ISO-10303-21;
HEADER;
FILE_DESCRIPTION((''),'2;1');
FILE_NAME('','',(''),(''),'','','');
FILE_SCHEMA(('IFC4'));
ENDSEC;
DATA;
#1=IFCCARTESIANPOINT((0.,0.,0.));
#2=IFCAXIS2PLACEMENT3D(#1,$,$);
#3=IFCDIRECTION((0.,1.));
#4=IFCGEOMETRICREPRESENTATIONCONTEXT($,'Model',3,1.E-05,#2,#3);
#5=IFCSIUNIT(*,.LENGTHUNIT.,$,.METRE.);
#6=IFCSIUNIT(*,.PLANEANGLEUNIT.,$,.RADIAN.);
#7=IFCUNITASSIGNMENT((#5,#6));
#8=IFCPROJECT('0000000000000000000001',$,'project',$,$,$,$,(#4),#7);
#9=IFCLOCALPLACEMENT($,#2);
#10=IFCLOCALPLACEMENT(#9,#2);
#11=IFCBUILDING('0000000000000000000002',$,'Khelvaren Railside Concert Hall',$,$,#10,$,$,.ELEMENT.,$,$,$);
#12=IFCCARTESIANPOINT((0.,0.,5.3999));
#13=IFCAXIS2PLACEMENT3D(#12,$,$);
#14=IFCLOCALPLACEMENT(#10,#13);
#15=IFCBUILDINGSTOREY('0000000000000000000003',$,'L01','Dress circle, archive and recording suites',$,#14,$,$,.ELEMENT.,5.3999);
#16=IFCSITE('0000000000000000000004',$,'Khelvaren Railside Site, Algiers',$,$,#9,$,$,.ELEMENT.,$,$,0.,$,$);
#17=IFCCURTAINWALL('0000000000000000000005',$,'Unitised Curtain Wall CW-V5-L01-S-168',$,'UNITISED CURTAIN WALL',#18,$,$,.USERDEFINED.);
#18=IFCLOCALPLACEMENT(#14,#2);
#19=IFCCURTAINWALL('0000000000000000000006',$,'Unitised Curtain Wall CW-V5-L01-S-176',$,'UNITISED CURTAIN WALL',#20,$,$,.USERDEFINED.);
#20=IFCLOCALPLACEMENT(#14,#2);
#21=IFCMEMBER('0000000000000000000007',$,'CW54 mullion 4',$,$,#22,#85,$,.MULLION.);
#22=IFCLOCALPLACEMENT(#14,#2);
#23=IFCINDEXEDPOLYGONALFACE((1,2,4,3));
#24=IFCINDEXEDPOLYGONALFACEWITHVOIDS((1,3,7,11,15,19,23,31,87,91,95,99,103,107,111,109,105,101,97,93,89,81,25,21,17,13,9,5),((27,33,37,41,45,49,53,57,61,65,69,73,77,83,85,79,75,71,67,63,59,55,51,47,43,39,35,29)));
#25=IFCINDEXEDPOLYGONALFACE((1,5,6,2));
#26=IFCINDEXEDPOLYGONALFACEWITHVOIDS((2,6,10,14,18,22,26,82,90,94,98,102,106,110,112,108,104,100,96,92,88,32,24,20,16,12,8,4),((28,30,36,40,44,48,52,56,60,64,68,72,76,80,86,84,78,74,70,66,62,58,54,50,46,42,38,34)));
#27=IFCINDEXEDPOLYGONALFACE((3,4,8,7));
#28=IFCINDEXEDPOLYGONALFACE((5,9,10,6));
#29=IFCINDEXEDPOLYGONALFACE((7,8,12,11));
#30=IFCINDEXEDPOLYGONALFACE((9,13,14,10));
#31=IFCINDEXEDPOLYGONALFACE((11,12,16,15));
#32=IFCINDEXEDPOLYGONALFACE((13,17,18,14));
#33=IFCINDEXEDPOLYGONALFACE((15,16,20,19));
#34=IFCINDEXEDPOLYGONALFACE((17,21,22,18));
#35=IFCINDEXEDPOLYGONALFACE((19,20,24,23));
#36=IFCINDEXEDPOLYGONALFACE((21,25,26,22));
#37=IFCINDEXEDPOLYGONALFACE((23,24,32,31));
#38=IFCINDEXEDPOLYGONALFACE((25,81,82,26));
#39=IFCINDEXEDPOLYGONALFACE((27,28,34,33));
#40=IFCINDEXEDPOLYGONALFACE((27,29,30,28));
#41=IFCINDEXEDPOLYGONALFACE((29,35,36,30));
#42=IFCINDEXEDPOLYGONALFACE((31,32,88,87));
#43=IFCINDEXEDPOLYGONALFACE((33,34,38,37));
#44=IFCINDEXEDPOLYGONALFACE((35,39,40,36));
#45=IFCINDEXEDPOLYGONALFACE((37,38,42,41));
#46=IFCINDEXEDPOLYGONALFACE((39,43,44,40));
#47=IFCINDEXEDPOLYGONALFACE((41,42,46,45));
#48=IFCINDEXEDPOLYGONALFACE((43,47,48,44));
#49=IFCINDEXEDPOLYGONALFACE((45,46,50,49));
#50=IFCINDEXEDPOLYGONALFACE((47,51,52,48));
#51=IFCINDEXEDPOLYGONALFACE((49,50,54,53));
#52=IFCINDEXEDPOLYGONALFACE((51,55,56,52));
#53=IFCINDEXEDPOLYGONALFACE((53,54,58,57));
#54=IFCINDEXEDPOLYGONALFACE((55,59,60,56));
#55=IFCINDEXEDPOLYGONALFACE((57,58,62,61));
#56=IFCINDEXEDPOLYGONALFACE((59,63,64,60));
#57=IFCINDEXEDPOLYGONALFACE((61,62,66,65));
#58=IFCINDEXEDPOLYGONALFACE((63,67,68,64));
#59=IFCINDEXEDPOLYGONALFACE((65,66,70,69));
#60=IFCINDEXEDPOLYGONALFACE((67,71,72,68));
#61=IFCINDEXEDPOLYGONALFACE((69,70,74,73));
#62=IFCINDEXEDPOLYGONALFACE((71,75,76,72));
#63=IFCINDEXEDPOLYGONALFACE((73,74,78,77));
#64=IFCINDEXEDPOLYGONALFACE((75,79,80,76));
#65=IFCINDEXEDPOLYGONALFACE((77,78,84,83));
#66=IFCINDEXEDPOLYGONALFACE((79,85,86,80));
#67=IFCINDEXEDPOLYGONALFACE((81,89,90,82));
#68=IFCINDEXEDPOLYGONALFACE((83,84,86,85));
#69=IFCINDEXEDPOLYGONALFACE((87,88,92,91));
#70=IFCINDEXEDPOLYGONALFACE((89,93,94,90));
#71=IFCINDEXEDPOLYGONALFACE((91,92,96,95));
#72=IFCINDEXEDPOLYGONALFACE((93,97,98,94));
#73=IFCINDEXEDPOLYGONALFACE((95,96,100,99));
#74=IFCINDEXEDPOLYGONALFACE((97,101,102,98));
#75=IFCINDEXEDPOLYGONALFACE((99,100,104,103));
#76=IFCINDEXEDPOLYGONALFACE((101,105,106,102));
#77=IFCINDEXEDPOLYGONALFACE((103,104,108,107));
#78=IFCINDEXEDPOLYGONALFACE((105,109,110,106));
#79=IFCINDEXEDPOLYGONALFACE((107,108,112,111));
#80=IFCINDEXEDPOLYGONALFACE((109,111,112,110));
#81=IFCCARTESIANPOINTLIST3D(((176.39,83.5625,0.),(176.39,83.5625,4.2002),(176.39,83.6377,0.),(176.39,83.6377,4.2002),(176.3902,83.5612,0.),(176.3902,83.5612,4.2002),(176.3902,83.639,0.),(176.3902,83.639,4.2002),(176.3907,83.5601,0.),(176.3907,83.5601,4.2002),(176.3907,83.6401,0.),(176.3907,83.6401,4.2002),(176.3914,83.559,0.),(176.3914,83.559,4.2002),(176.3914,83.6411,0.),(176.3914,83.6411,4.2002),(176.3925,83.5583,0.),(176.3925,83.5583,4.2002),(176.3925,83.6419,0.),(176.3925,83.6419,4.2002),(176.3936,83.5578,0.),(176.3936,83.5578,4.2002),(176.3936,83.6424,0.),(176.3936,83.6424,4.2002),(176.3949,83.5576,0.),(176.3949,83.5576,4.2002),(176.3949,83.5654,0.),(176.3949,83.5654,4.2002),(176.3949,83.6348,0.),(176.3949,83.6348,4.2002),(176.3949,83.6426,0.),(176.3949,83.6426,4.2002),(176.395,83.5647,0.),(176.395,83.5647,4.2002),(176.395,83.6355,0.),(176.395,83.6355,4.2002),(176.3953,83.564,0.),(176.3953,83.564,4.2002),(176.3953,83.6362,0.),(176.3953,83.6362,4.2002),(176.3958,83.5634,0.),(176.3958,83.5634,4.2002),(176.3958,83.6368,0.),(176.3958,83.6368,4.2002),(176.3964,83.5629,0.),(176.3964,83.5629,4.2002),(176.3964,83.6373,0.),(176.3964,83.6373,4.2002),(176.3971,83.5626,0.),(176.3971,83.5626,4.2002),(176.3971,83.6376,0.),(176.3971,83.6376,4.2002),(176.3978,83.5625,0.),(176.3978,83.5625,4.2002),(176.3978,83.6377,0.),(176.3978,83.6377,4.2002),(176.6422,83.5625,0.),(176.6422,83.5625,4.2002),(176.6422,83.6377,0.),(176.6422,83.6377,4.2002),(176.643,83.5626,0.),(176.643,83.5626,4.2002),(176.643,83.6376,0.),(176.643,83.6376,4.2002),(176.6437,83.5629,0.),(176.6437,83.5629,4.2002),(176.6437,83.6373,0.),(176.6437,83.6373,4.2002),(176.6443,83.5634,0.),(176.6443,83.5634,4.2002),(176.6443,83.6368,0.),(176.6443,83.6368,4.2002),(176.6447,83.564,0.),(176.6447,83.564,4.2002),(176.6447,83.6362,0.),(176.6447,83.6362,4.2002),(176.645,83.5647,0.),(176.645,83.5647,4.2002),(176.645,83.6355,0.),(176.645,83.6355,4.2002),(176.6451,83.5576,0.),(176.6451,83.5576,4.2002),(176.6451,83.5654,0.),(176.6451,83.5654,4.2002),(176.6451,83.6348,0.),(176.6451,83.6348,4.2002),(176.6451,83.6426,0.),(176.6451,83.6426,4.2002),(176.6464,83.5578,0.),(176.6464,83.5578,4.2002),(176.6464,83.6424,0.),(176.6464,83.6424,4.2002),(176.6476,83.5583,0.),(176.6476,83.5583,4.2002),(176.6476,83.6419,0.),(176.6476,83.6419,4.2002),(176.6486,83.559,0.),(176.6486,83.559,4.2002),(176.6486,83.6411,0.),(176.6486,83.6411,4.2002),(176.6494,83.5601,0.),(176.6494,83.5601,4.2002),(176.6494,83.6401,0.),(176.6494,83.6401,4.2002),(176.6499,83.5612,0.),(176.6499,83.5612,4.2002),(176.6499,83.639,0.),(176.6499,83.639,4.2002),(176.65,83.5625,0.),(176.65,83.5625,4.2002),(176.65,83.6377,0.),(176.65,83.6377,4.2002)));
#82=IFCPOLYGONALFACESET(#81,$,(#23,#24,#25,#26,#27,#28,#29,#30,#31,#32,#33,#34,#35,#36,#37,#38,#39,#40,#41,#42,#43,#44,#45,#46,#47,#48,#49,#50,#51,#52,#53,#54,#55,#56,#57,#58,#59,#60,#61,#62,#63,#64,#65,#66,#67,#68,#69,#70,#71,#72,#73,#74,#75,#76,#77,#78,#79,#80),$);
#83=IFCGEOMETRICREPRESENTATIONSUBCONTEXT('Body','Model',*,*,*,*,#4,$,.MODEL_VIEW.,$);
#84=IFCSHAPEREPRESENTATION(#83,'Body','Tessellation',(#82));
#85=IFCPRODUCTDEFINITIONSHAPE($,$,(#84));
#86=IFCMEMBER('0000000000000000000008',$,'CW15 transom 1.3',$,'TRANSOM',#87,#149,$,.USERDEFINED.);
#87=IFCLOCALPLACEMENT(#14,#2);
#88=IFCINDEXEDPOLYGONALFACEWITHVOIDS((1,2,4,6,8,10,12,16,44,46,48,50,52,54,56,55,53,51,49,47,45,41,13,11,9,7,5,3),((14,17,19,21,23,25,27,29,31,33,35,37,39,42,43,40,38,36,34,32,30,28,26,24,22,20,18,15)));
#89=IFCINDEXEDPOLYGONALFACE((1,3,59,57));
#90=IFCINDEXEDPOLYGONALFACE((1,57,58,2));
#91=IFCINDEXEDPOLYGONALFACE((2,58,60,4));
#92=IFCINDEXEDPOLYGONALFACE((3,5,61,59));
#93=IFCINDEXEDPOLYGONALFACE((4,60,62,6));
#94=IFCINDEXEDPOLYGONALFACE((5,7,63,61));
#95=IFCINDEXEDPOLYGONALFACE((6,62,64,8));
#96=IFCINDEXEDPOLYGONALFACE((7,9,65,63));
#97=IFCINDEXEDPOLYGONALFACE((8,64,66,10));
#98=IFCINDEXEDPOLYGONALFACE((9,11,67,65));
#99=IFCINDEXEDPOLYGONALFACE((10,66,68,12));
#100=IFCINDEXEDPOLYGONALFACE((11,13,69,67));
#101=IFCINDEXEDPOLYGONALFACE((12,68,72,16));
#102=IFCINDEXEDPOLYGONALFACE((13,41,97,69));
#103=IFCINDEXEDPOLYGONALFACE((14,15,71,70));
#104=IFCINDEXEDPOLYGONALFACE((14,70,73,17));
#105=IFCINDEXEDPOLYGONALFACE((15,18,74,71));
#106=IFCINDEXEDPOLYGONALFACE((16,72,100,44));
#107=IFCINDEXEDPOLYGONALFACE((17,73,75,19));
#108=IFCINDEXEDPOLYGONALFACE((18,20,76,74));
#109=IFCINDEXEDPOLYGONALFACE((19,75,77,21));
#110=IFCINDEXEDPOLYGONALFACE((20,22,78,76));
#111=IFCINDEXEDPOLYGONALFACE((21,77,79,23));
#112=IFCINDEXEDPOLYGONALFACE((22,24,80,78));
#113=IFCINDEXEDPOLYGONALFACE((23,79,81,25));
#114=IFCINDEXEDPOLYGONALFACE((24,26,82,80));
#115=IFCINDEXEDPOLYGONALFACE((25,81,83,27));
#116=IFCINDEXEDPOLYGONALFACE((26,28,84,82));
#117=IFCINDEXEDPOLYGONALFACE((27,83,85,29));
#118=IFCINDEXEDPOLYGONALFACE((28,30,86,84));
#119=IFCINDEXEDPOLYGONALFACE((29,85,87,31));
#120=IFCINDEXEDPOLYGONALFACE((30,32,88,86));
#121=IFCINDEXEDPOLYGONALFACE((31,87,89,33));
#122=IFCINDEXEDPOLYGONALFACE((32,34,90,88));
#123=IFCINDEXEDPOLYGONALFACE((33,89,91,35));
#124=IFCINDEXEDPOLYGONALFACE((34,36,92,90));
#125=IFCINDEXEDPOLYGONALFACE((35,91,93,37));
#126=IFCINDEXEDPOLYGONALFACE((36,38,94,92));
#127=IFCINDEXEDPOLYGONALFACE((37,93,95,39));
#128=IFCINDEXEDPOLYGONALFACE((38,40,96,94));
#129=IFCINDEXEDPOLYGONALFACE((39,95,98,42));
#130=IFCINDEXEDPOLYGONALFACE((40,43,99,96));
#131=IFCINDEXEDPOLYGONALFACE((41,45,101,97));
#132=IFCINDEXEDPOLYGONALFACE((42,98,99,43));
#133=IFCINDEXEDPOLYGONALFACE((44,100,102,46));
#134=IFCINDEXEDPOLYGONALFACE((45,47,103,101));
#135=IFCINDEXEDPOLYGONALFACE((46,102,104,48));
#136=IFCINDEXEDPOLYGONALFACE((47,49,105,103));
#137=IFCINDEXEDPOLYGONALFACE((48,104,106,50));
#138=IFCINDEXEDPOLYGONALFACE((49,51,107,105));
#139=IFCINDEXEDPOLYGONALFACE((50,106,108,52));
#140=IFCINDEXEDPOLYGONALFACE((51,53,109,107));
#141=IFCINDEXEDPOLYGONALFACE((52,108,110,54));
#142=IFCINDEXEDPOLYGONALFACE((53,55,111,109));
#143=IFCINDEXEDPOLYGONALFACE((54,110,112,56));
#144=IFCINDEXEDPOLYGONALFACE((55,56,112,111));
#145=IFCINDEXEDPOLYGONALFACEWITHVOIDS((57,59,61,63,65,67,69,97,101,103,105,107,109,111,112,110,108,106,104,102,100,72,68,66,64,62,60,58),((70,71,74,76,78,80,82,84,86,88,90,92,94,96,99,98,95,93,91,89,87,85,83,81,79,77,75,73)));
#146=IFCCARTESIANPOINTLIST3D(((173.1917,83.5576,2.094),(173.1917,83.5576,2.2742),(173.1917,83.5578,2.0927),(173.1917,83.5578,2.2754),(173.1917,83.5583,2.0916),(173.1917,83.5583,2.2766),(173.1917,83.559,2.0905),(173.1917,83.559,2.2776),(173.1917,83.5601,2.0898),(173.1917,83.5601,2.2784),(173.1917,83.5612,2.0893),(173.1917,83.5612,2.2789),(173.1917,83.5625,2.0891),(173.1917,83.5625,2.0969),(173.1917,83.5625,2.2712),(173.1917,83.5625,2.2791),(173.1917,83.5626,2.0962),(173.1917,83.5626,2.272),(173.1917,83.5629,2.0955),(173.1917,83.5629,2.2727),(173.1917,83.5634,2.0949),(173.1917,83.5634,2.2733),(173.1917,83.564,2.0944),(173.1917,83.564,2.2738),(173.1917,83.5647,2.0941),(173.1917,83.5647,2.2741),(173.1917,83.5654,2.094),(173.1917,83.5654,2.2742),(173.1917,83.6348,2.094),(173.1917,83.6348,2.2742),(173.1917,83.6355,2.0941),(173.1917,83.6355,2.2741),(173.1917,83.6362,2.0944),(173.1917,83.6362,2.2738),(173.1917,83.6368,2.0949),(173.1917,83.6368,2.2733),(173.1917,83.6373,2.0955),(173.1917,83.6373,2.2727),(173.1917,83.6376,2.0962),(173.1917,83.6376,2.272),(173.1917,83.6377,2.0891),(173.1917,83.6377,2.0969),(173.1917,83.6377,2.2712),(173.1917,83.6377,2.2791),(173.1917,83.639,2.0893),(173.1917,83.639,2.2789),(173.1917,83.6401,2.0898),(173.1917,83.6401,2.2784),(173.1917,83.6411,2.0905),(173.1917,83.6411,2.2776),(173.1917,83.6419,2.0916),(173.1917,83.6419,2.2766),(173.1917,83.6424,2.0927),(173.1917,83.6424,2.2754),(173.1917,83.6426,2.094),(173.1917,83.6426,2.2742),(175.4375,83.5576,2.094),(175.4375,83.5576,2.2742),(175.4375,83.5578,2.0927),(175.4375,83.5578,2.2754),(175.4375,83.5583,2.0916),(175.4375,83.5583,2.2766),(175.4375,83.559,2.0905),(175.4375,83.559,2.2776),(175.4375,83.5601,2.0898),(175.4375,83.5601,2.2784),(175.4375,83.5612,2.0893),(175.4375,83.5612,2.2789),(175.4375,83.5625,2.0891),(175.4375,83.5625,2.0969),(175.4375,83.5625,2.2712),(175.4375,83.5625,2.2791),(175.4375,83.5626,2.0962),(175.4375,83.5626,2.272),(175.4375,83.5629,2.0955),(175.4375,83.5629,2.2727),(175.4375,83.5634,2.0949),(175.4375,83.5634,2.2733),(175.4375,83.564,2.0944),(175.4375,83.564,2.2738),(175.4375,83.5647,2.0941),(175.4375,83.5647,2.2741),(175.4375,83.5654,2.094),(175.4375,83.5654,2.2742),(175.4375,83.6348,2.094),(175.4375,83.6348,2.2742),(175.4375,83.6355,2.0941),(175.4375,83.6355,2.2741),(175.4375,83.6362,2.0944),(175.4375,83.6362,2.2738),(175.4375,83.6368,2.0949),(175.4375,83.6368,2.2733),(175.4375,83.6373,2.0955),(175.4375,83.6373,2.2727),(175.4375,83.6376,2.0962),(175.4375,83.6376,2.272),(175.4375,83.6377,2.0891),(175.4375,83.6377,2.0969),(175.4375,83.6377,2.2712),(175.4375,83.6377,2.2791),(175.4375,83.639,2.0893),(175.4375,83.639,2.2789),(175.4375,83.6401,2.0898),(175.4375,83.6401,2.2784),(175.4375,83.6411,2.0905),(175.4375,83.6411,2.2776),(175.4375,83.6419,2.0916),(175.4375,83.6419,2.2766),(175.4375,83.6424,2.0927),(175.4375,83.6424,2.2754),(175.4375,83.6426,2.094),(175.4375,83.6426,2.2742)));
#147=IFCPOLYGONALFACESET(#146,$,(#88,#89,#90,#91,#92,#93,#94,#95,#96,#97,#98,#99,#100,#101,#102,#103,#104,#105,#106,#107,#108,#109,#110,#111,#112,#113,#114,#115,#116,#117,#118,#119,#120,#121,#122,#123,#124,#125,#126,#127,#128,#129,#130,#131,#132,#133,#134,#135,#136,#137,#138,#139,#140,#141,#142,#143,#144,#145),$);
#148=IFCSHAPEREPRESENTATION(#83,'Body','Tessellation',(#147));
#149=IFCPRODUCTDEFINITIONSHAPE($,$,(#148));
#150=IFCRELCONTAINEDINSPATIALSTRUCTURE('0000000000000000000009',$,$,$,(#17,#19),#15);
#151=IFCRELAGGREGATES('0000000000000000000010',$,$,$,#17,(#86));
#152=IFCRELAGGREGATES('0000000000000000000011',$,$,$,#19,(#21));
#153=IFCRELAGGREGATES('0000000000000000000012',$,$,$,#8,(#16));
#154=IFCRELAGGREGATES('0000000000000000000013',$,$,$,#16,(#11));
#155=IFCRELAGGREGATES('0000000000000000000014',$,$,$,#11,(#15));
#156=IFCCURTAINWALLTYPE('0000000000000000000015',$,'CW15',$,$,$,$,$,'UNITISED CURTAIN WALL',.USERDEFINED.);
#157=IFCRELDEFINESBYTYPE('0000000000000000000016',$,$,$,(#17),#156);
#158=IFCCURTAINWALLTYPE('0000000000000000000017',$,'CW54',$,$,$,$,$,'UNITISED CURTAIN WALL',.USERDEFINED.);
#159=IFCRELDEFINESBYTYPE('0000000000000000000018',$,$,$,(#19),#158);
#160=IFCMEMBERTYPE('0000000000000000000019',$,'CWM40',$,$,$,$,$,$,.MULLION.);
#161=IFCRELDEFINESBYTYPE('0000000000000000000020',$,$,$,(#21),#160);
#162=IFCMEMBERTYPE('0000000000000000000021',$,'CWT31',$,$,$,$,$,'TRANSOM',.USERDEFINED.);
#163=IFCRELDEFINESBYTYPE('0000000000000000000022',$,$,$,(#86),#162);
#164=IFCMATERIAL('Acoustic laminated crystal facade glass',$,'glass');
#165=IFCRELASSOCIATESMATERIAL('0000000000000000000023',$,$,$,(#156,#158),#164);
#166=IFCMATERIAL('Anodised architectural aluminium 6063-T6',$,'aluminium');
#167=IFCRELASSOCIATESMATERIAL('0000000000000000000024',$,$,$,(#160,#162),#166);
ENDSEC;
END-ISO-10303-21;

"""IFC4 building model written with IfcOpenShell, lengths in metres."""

from ifc_helpers import new_model, si_unit, direction, frame, origin, origin_2d, place, context, subcontext, project, spatial, hollow_rectangle, extrude, material, material_profile, profile_set, type_object, element, aggregate, save


model = new_model("IFC4")

# Units and contexts
model_context = context("Model", 3, precision=1e-05, world=origin(), true_north=direction((0.0, 1.0)))
body_context = subcontext(model_context, "Body", "Model", "MODEL_VIEW")
ifc_project = project(units=[si_unit("LENGTHUNIT", "METRE"), si_unit("PLANEANGLEUNIT", "RADIAN")], contexts=[model_context])

# Site, building, storey
site_placement = place(None, origin())
site = spatial("IfcSite", under=ifc_project, at=site_placement, Name="Khelvaren Railside Site, Algiers", CompositionType="ELEMENT", RefElevation=0.0)
building_placement = place(site_placement, origin())
building = spatial("IfcBuilding", under=site, at=building_placement, Name="Khelvaren Railside Concert Hall", CompositionType="ELEMENT")
storey_placement = place(building_placement, frame((0.0, 0.0, 5.3999)))
storey = spatial("IfcBuildingStorey", under=building, at=storey_placement, Name="L01", Description="Dress circle, archive and recording suites", CompositionType="ELEMENT", Elevation=5.3999)

# Curtain wall
ifc_material_1 = material(Name="Acoustic laminated crystal facade glass", Category="glass")
curtain_wall_type_1 = type_object("IfcCurtainWallType", Name="CW15", ElementType="UNITISED CURTAIN WALL", PredefinedType="USERDEFINED", material=ifc_material_1)
curtain_wall_1_placement = place(storey_placement, origin())
curtain_wall_1 = element("IfcCurtainWall", 1, at=curtain_wall_1_placement, inside=storey, type_object=curtain_wall_type_1, Name="Unitised Curtain Wall CW-V5-L01-S-168", ObjectType="UNITISED CURTAIN WALL", PredefinedType="USERDEFINED")
ifc_material_2 = material(Name="Anodised architectural aluminium 6063-T6", Category="aluminium")
ifc_material_profile_1 = material_profile(ifc_material_2, hollow_rectangle(XDim=0.085, YDim=0.26, WallThickness=0.0049, InnerFilletRadius=0.0029, OuterFilletRadius=0.0049, at=origin_2d()), Name="CWM 85x260x5")
ifc_profile_set_1 = profile_set([ifc_material_profile_1], Name="Anodised architectural aluminium 6063-T6")
member_type_1 = type_object("IfcMemberType", Name="CWM40", PredefinedType="MULLION", material=ifc_profile_set_1)

# Curtain wall, member
curtain_wall_type_2 = type_object("IfcCurtainWallType", Name="CW54", ElementType="UNITISED CURTAIN WALL", PredefinedType="USERDEFINED", material=ifc_material_1)
curtain_wall_2_placement = place(storey_placement, origin())
curtain_wall_2 = element("IfcCurtainWall", 2, at=curtain_wall_2_placement, inside=storey, type_object=curtain_wall_type_2, Name="Unitised Curtain Wall CW-V5-L01-S-176", ObjectType="UNITISED CURTAIN WALL", PredefinedType="USERDEFINED")
member_1_placement = place(storey_placement, frame((176.52, 83.6001, 0.0), z_axis=(0.0, 0.0, 1.0), x_axis=(0.0, -1.0, 0.0)))
member_1 = element("IfcMember", 3, at=member_1_placement, type_object=member_type_1, Name="CW54 mullion 4", PredefinedType="MULLION", context=body_context, shape_type="SweptSolid", body=[
    extrude(hollow_rectangle(XDim=0.085, YDim=0.26, WallThickness=0.0049, InnerFilletRadius=0.0029, OuterFilletRadius=0.0049, at=origin_2d()), origin(), (0.0, 0.0, 1.0), 4.2002),
])

# Member
ifc_material_profile_2 = material_profile(ifc_material_2, hollow_rectangle(XDim=0.085, YDim=0.1899, WallThickness=0.0049, InnerFilletRadius=0.0029, OuterFilletRadius=0.0049, at=origin_2d()), Name="CWT 85x190x5")
ifc_profile_set_2 = profile_set([ifc_material_profile_2], Name="Anodised architectural aluminium 6063-T6")
member_type_2 = type_object("IfcMemberType", Name="CWT31", ElementType="TRANSOM", PredefinedType="USERDEFINED", material=ifc_profile_set_2)
member_2_placement = place(storey_placement, frame((175.4375, 83.6001, 2.1841), z_axis=(-1.0, 0.0, 0.0), x_axis=(0.0, -1.0, 0.0)))
member_2 = element("IfcMember", 4, at=member_2_placement, type_object=member_type_2, Name="CW15 transom 1.3", ObjectType="TRANSOM", PredefinedType="USERDEFINED", context=body_context, shape_type="SweptSolid", body=[
    extrude(hollow_rectangle(XDim=0.085, YDim=0.1899, WallThickness=0.0049, InnerFilletRadius=0.0029, OuterFilletRadius=0.0049, at=origin_2d()), origin(), (0.0, 0.0, 1.0), 2.2458),
])
aggregate(curtain_wall_1, [member_2])

aggregate(curtain_wall_2, [member_1])

save(model, "model.ifc")
